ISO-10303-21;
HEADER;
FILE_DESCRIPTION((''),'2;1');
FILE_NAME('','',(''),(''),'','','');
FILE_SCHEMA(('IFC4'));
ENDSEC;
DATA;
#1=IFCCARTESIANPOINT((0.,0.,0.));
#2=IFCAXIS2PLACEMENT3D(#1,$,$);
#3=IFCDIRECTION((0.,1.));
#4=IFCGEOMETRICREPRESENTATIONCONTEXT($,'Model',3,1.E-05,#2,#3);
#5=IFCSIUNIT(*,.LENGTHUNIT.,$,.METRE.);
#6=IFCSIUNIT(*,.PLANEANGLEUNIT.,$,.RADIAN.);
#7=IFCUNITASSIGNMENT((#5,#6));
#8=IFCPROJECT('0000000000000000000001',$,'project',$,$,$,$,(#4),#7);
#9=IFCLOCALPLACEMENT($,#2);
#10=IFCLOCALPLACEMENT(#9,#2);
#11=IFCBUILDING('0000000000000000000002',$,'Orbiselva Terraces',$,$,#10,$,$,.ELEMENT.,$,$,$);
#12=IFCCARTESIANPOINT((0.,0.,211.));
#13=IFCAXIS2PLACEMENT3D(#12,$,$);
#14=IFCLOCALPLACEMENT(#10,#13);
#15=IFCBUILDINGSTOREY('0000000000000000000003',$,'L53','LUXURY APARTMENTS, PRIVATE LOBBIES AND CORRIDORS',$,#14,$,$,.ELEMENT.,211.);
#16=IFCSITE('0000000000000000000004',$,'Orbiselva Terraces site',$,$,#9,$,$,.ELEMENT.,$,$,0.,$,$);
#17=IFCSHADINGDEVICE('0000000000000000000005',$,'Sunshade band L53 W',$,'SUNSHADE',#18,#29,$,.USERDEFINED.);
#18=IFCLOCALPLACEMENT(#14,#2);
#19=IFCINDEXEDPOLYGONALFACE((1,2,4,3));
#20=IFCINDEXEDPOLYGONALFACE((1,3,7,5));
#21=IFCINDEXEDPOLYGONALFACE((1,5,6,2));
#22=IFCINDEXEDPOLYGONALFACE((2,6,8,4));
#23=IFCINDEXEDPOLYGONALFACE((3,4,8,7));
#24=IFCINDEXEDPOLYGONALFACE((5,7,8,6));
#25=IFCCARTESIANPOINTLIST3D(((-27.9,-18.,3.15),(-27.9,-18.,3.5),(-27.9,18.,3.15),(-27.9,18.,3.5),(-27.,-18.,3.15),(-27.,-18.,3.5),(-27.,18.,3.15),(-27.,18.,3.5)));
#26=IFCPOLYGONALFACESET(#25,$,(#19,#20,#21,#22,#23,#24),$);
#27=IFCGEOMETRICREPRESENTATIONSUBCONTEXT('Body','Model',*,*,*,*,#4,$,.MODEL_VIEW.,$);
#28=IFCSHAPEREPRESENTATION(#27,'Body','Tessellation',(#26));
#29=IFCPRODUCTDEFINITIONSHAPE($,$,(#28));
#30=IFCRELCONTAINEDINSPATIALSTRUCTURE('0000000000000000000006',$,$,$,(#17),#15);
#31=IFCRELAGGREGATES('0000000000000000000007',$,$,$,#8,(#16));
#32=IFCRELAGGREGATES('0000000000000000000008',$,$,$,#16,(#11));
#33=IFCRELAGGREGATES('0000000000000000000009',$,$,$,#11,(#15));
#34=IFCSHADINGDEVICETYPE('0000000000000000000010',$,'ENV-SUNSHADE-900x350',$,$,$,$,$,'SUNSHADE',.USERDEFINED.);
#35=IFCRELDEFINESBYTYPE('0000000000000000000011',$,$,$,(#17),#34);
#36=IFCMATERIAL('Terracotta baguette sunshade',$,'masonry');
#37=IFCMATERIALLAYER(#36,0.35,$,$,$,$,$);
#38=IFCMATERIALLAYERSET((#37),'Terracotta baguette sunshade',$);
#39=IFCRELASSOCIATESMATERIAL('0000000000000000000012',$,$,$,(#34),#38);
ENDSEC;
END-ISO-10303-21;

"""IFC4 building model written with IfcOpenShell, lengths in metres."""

from ifc_helpers import new_model, si_unit, direction, frame, origin, place, context, subcontext, project, spatial, polyline, outline, extrude, material, layer, layer_set, type_object, element, save


model = new_model("IFC4")

# Units and contexts
model_context = context("Model", 3, precision=1e-05, world=origin(), true_north=direction((0.0, 1.0)))
body_context = subcontext(model_context, "Body", "Model", "MODEL_VIEW")
ifc_project = project(units=[si_unit("LENGTHUNIT", "METRE"), si_unit("PLANEANGLEUNIT", "RADIAN")], contexts=[model_context])

# Site, building, storey
site_placement = place(None, origin())
site = spatial("IfcSite", under=ifc_project, at=site_placement, Name="Orbiselva Terraces site", CompositionType="ELEMENT", RefElevation=0.0)
building_placement = place(site_placement, origin())
building = spatial("IfcBuilding", under=site, at=building_placement, Name="Orbiselva Terraces", CompositionType="ELEMENT")
storey_placement = place(building_placement, frame((0.0, 0.0, 211.0)))
storey = spatial("IfcBuildingStorey", under=building, at=storey_placement, Name="L53", Description="LUXURY APARTMENTS, PRIVATE LOBBIES AND CORRIDORS", CompositionType="ELEMENT", Elevation=211.0)

# Shading device
ifc_material_1 = material(Name="Terracotta baguette sunshade", Category="masonry")
ifc_layer_1 = layer(ifc_material_1, 0.35)
ifc_layer_set_1 = layer_set([ifc_layer_1], Name="Terracotta baguette sunshade")
shading_device_type_1 = type_object("IfcShadingDeviceType", Name="ENV-SUNSHADE-900x350", ElementType="SUNSHADE", PredefinedType="USERDEFINED", material=ifc_layer_set_1)
shading_device_1_placement = place(storey_placement, frame((0.0, 0.0, 3.15)))
element("IfcShadingDevice", 1, at=shading_device_1_placement, inside=storey, type_object=shading_device_type_1, Name="Sunshade band L53 W", ObjectType="SUNSHADE", PredefinedType="USERDEFINED", context=body_context, shape_type="SweptSolid", body=[
    extrude(outline(polyline([(-27.9, 18.0), (-27.9, -18.0), (-27.0, -18.0), (-27.0, 18.0), (-27.9, 18.0)])), origin(), (0.0, 0.0, 1.0), 0.35),
])

save(model, "model.ifc")
